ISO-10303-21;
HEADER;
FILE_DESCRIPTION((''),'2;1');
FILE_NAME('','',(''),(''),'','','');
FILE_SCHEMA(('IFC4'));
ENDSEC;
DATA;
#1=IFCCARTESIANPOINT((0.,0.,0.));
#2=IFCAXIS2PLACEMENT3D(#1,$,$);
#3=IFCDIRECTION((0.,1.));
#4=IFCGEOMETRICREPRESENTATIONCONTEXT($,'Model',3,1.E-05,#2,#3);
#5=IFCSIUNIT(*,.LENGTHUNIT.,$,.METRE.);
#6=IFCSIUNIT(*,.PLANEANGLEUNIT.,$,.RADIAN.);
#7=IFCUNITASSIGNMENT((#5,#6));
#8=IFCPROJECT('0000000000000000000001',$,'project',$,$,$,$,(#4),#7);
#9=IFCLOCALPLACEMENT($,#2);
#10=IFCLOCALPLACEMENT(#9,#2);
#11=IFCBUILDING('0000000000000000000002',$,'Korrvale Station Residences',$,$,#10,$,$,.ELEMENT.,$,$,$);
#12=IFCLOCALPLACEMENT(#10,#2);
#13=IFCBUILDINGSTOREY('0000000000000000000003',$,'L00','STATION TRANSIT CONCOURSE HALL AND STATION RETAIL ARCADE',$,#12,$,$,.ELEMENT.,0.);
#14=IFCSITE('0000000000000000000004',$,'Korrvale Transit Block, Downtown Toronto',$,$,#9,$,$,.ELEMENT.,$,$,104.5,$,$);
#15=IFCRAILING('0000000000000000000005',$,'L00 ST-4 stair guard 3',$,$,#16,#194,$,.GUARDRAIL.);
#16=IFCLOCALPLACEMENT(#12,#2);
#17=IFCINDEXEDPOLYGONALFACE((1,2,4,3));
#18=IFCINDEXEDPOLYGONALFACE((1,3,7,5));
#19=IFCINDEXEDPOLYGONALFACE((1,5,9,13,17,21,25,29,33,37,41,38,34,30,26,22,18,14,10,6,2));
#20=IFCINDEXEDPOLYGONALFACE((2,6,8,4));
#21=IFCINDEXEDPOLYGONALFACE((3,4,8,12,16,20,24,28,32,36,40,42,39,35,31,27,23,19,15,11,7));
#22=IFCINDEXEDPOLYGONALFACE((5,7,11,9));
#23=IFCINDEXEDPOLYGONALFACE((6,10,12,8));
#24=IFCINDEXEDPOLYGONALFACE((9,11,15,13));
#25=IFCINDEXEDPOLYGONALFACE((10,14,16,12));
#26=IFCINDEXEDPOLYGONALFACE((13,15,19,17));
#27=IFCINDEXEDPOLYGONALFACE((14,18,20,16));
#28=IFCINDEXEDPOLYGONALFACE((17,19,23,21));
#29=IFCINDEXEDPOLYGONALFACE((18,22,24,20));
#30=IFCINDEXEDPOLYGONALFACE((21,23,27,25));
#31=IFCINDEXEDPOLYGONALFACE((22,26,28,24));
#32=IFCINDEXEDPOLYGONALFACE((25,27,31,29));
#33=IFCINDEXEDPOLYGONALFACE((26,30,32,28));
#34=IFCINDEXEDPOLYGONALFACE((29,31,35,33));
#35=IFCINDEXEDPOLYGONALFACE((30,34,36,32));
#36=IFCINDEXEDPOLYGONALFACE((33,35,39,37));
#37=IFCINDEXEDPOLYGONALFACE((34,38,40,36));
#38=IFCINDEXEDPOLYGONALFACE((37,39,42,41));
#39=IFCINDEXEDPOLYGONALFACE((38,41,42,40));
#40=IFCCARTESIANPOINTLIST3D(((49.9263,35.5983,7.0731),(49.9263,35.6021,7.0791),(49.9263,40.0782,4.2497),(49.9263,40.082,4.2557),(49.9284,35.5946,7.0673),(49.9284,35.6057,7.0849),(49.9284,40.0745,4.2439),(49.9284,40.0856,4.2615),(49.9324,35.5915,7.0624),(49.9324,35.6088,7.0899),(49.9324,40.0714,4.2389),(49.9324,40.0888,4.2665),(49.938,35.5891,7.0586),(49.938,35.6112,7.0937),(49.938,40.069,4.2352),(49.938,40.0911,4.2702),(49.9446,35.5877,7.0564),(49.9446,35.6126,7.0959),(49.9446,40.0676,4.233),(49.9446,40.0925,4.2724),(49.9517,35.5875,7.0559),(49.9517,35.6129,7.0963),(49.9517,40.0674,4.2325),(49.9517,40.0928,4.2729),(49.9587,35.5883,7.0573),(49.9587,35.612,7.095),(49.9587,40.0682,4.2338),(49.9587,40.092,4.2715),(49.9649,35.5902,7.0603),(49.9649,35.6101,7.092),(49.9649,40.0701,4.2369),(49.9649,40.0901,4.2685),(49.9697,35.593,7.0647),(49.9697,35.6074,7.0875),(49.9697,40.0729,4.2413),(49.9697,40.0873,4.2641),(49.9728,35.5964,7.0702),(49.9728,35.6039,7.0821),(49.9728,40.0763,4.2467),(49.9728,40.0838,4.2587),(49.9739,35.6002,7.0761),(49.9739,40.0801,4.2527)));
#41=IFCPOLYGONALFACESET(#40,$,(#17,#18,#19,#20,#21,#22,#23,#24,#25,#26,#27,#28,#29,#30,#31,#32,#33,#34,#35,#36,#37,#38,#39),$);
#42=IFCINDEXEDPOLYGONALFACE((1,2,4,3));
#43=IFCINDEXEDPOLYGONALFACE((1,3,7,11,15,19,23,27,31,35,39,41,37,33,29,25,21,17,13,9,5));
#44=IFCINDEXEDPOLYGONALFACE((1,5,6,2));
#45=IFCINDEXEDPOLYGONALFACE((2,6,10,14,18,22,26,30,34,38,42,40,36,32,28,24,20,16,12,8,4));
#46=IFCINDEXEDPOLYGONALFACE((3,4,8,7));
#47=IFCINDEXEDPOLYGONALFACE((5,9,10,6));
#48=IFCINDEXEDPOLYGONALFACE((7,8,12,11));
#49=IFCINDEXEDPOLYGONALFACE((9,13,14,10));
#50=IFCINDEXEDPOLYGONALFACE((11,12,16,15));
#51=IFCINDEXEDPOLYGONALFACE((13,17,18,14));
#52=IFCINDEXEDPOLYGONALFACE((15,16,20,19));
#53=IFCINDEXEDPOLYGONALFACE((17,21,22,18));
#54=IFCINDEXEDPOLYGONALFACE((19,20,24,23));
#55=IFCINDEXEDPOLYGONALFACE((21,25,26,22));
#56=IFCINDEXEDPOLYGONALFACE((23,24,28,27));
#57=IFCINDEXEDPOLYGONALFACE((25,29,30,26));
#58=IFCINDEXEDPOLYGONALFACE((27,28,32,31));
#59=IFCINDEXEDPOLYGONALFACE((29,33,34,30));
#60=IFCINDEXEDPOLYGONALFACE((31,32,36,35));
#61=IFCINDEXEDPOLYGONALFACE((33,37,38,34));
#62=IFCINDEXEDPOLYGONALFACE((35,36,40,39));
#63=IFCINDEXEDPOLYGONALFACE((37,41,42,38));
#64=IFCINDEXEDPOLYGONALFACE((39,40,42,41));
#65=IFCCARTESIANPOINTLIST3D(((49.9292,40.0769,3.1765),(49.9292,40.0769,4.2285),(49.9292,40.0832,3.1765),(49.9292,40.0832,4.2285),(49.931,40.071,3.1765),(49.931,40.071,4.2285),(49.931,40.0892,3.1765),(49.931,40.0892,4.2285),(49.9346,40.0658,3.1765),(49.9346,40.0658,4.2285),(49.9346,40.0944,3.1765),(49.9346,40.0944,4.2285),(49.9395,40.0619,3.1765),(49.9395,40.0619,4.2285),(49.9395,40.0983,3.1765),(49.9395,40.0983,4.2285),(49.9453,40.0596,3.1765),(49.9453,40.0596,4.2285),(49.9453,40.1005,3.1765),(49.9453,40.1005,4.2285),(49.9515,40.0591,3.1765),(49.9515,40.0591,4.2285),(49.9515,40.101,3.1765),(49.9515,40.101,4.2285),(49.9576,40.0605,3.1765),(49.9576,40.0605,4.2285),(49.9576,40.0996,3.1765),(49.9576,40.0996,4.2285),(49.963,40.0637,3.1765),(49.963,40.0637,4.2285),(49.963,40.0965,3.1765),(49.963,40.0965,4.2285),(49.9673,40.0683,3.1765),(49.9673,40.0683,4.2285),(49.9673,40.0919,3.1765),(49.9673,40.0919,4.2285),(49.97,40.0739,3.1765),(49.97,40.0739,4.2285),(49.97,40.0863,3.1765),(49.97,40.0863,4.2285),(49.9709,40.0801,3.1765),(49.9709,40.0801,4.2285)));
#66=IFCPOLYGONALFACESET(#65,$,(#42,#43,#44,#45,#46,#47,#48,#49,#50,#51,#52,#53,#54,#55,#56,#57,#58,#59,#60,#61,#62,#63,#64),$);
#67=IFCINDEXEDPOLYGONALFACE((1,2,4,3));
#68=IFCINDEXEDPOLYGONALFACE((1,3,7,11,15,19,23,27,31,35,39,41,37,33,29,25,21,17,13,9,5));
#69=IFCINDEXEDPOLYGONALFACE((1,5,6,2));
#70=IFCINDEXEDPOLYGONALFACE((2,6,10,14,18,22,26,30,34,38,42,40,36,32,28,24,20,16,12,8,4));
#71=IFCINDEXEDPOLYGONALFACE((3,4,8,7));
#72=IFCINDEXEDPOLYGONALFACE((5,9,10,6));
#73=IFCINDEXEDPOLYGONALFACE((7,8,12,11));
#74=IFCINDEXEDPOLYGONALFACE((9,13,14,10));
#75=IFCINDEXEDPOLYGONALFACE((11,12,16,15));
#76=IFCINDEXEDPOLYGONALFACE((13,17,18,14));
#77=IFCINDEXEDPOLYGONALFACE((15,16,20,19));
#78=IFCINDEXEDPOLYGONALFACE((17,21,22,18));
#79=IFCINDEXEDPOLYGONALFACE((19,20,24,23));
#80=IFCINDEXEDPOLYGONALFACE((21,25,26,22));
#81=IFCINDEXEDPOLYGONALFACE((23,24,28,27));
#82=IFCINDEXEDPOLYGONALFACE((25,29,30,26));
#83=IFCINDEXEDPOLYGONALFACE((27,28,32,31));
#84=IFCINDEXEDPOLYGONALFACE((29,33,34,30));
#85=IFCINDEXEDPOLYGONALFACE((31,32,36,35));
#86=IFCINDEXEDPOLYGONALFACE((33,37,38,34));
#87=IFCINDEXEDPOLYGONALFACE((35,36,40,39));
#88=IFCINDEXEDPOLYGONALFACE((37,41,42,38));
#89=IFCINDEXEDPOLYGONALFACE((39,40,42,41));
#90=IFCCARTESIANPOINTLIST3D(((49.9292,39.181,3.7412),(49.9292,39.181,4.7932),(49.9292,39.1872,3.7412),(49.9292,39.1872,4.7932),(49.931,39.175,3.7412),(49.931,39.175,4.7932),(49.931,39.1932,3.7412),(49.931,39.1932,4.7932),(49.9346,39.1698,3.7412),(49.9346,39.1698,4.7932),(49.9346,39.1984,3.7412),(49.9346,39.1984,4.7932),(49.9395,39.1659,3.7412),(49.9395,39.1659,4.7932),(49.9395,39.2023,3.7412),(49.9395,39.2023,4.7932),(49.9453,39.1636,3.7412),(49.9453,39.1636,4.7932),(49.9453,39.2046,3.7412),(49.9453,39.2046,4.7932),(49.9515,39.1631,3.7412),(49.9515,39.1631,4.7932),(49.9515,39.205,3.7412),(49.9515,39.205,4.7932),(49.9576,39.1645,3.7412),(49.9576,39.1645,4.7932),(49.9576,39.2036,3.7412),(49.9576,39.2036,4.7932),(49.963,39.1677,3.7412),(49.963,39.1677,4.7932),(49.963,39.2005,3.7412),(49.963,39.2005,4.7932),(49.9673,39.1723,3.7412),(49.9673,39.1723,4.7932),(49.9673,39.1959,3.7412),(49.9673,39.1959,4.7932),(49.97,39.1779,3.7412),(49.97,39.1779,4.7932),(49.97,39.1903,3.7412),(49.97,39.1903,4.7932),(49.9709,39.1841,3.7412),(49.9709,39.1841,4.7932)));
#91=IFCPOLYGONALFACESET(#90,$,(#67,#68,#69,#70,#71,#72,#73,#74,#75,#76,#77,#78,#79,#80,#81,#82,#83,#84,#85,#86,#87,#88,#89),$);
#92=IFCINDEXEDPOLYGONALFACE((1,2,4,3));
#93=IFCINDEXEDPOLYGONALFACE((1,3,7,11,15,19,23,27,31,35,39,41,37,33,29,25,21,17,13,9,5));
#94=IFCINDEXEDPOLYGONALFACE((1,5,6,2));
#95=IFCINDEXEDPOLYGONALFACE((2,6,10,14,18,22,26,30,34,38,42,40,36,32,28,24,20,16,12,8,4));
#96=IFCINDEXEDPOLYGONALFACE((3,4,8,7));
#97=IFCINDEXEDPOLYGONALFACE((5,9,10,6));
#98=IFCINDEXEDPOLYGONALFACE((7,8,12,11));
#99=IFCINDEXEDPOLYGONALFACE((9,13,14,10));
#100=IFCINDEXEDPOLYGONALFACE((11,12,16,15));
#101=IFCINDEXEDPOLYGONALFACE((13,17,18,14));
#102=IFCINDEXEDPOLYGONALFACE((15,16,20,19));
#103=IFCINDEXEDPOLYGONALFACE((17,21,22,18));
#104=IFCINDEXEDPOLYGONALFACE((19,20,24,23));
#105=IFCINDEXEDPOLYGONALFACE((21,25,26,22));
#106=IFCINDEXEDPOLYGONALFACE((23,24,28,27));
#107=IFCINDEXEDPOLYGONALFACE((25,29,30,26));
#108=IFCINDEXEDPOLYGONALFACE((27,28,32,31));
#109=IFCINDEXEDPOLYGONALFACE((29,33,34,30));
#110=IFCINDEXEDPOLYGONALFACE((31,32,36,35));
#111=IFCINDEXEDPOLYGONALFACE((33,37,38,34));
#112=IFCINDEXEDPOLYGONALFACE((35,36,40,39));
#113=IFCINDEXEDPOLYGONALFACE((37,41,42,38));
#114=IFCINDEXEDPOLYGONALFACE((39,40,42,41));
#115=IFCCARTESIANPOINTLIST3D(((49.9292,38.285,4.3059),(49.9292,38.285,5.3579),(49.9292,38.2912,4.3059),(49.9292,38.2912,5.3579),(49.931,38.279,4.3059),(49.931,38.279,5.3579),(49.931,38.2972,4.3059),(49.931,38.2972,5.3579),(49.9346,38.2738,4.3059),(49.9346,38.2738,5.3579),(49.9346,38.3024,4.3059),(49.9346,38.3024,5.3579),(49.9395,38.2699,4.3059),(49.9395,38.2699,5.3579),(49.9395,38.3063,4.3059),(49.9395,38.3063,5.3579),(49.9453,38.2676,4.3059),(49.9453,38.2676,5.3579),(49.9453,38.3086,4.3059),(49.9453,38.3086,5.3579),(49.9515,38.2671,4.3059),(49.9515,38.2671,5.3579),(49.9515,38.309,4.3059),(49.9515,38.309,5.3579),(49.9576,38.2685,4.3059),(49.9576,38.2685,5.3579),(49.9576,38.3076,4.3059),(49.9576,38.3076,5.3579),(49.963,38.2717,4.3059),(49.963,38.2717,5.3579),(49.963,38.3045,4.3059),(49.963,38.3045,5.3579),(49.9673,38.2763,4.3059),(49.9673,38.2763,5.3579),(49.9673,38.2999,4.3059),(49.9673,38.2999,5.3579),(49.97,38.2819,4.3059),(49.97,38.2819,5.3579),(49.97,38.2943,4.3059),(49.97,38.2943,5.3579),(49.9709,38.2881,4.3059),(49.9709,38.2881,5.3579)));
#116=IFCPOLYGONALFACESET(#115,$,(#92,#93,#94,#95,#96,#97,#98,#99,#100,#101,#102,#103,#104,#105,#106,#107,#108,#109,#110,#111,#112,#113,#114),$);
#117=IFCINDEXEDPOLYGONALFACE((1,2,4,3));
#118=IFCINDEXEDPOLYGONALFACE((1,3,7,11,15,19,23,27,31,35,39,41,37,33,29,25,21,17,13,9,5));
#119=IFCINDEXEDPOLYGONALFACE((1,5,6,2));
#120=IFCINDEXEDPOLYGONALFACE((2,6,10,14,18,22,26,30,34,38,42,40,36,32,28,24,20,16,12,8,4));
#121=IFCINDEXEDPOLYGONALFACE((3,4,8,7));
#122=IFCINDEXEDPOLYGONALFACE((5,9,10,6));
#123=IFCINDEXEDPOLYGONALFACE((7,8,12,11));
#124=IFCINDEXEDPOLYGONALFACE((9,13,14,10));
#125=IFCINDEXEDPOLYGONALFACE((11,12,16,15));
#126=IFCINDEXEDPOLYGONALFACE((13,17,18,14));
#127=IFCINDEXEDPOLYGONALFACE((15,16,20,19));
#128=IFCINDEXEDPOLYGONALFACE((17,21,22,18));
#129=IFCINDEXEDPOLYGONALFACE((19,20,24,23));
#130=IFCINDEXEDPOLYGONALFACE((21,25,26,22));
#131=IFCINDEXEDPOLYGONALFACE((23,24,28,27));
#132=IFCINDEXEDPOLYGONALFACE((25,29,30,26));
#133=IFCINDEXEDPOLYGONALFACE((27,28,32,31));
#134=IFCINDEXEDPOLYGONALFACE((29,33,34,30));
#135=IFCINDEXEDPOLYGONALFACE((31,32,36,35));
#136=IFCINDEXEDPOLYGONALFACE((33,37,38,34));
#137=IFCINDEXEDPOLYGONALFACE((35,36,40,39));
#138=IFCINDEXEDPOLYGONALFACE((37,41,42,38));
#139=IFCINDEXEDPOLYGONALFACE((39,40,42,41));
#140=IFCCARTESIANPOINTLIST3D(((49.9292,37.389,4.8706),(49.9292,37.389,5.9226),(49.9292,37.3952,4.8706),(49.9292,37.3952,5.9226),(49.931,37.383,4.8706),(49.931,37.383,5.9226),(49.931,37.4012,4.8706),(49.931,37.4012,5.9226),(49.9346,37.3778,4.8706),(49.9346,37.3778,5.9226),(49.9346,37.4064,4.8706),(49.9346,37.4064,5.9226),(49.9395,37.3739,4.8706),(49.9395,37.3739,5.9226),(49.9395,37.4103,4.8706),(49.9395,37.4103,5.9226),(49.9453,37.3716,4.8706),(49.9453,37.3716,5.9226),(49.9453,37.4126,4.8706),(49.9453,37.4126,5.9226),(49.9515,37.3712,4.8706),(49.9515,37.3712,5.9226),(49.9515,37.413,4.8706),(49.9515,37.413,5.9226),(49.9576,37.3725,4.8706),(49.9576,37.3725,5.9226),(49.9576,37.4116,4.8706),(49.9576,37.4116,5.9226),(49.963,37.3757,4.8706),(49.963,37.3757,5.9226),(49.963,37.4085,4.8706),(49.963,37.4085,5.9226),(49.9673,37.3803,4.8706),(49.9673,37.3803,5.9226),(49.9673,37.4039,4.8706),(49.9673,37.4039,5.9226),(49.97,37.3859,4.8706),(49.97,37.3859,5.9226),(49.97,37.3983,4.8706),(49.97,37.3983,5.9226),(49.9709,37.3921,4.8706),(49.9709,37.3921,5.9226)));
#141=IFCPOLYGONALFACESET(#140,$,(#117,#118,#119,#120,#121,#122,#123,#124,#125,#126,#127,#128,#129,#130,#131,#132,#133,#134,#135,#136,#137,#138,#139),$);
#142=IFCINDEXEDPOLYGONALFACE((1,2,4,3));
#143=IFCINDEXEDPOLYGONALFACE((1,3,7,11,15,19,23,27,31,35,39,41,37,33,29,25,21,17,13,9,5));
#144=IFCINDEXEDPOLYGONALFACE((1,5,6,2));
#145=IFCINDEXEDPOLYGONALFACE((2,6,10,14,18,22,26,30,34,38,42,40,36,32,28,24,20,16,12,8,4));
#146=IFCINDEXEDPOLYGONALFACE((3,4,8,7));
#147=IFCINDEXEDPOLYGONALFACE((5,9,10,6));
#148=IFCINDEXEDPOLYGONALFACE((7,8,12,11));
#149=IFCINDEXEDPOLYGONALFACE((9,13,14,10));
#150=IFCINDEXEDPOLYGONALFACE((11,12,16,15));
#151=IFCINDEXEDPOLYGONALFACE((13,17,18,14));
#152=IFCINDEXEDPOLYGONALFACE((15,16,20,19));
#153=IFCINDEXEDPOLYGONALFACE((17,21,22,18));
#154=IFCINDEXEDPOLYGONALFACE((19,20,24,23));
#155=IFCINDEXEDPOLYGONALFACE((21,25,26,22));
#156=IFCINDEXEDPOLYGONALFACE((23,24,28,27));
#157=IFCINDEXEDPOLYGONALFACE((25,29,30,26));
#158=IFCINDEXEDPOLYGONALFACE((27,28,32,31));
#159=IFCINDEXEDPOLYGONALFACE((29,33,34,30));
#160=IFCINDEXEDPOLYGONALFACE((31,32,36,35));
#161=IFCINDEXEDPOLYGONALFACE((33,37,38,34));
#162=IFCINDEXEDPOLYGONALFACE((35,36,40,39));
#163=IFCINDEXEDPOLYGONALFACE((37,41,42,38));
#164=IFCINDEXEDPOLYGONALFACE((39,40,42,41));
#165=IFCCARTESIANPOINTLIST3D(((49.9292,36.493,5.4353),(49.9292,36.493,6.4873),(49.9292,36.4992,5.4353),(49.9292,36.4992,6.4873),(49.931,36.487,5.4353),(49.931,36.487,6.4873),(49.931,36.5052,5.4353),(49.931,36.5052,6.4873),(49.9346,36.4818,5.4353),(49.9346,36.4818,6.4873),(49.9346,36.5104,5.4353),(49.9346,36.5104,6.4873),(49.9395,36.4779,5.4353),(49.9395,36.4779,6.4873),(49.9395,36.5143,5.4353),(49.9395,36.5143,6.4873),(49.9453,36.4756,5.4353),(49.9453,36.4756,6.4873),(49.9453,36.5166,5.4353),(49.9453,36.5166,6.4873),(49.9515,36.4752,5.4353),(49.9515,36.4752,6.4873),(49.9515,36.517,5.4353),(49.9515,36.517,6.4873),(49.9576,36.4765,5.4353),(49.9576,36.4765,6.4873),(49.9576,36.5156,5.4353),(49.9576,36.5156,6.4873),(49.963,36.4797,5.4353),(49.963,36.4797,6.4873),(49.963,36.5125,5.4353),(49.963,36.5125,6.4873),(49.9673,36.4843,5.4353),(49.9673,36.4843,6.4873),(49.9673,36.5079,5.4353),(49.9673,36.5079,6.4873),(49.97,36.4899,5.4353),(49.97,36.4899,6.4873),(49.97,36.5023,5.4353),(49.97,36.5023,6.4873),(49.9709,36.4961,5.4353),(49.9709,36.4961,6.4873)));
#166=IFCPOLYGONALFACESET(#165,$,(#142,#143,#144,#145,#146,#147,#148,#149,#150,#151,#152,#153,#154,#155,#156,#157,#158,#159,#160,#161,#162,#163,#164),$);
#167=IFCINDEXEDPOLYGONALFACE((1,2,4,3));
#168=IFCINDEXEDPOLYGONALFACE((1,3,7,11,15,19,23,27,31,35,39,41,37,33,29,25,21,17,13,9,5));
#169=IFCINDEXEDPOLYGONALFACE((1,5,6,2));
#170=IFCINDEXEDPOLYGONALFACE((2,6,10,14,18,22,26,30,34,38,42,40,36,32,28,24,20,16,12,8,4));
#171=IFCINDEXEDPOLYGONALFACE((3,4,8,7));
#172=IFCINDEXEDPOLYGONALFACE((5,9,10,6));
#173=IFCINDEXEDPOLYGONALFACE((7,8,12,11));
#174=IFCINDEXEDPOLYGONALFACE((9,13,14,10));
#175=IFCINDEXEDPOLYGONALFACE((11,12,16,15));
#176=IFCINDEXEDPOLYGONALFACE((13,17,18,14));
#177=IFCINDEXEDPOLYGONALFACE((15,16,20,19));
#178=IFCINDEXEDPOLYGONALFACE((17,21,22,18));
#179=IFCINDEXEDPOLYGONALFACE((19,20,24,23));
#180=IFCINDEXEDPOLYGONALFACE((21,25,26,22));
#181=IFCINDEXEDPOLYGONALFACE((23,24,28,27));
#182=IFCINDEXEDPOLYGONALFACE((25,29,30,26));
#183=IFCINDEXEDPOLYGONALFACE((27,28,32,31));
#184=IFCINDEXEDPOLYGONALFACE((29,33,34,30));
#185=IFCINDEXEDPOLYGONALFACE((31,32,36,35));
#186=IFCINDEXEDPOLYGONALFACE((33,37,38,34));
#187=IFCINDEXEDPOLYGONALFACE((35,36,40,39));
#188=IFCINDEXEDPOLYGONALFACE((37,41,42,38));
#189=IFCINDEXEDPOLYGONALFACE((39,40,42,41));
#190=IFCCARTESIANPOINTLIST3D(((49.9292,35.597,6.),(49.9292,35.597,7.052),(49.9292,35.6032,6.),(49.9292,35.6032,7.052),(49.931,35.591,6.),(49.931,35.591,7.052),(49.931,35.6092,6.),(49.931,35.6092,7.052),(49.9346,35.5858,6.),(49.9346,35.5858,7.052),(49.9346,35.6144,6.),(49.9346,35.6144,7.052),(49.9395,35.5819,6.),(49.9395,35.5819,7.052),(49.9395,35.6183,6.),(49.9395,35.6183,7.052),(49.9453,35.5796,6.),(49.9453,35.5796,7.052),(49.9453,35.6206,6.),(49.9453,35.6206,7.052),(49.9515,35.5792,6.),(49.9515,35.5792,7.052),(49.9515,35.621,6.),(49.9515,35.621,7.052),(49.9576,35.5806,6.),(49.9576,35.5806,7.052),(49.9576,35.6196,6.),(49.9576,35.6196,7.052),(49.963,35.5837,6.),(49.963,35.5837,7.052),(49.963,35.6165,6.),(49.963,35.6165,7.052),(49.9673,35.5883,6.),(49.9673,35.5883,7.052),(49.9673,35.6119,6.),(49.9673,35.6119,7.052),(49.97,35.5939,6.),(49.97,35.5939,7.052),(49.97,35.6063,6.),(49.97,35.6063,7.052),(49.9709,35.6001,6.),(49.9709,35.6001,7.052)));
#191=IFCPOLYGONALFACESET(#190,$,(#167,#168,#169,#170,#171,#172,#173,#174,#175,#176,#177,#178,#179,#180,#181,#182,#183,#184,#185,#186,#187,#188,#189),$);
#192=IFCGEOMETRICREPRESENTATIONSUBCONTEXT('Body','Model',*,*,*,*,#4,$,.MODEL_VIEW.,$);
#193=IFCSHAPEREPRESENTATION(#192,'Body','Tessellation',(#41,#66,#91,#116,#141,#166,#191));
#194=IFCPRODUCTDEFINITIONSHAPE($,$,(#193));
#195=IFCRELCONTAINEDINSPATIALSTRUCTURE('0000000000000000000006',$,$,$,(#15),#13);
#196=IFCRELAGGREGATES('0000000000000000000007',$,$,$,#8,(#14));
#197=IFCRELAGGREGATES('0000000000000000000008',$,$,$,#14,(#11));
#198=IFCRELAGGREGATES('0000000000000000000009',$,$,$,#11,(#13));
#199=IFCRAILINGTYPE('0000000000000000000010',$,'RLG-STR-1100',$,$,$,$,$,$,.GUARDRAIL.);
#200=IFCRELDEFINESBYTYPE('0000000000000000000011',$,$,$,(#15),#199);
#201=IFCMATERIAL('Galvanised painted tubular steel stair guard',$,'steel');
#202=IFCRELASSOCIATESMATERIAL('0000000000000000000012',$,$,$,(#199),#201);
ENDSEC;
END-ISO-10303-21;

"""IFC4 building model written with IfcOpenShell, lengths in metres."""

from ifc_helpers import new_model, si_unit, direction, frame, origin, origin_2d, place, context, subcontext, project, spatial, circle, extrude, material, type_object, element, save


model = new_model("IFC4")

# Units and contexts
model_context = context("Model", 3, precision=1e-05, world=origin(), true_north=direction((0.0, 1.0)))
body_context = subcontext(model_context, "Body", "Model", "MODEL_VIEW")
ifc_project = project(units=[si_unit("LENGTHUNIT", "METRE"), si_unit("PLANEANGLEUNIT", "RADIAN")], contexts=[model_context])

# Site, building, storey
site_placement = place(None, origin())
site = spatial("IfcSite", under=ifc_project, at=site_placement, Name="Korrvale Transit Block, Downtown Toronto", CompositionType="ELEMENT", RefElevation=104.5)
building_placement = place(site_placement, origin())
building = spatial("IfcBuilding", under=site, at=building_placement, Name="Korrvale Station Residences", CompositionType="ELEMENT")
storey_placement = place(building_placement, origin())
storey = spatial("IfcBuildingStorey", under=building, at=storey_placement, Name="L00", Description="STATION TRANSIT CONCOURSE HALL AND STATION RETAIL ARCADE", CompositionType="ELEMENT", Elevation=0.0)

# Railing
ifc_material_1 = material(Name="Galvanised painted tubular steel stair guard", Category="steel")
railing_type_1 = type_object("IfcRailingType", Name="RLG-STR-1100", PredefinedType="GUARDRAIL", material=ifc_material_1)
railing_1_placement = place(storey_placement, frame((49.95, 40.0801, 3.1765)))
element("IfcRailing", 1, at=railing_1_placement, inside=storey, type_object=railing_type_1, Name="L00 ST-4 stair guard 3", PredefinedType="GUARDRAIL", context=body_context, shape_type="SweptSolid", body=[
    extrude(circle(Radius=0.0239, at=origin_2d()), frame((0.0, 0.0, 1.0762), z_axis=(0.0, -0.845998, 0.533186), x_axis=(1.0, 0.0, 0.0)), (0.0, 0.0, 1.0), 5.2954),
    extrude(circle(Radius=0.021, at=origin_2d()), origin(), (0.0, 0.0, 1.0), 1.052),
    extrude(circle(Radius=0.021, at=origin_2d()), frame((0.0, -0.896, 0.5647)), (0.0, 0.0, 1.0), 1.052),
    extrude(circle(Radius=0.021, at=origin_2d()), frame((0.0, -1.792, 1.1294)), (0.0, 0.0, 1.0), 1.052),
    extrude(circle(Radius=0.021, at=origin_2d()), frame((0.0, -2.688, 1.6941)), (0.0, 0.0, 1.0), 1.052),
    extrude(circle(Radius=0.021, at=origin_2d()), frame((0.0, -3.584, 2.2588)), (0.0, 0.0, 1.0), 1.052),
    extrude(circle(Radius=0.021, at=origin_2d()), frame((0.0, -4.48, 2.8235)), (0.0, 0.0, 1.0), 1.052),
])

save(model, "model.ifc")
